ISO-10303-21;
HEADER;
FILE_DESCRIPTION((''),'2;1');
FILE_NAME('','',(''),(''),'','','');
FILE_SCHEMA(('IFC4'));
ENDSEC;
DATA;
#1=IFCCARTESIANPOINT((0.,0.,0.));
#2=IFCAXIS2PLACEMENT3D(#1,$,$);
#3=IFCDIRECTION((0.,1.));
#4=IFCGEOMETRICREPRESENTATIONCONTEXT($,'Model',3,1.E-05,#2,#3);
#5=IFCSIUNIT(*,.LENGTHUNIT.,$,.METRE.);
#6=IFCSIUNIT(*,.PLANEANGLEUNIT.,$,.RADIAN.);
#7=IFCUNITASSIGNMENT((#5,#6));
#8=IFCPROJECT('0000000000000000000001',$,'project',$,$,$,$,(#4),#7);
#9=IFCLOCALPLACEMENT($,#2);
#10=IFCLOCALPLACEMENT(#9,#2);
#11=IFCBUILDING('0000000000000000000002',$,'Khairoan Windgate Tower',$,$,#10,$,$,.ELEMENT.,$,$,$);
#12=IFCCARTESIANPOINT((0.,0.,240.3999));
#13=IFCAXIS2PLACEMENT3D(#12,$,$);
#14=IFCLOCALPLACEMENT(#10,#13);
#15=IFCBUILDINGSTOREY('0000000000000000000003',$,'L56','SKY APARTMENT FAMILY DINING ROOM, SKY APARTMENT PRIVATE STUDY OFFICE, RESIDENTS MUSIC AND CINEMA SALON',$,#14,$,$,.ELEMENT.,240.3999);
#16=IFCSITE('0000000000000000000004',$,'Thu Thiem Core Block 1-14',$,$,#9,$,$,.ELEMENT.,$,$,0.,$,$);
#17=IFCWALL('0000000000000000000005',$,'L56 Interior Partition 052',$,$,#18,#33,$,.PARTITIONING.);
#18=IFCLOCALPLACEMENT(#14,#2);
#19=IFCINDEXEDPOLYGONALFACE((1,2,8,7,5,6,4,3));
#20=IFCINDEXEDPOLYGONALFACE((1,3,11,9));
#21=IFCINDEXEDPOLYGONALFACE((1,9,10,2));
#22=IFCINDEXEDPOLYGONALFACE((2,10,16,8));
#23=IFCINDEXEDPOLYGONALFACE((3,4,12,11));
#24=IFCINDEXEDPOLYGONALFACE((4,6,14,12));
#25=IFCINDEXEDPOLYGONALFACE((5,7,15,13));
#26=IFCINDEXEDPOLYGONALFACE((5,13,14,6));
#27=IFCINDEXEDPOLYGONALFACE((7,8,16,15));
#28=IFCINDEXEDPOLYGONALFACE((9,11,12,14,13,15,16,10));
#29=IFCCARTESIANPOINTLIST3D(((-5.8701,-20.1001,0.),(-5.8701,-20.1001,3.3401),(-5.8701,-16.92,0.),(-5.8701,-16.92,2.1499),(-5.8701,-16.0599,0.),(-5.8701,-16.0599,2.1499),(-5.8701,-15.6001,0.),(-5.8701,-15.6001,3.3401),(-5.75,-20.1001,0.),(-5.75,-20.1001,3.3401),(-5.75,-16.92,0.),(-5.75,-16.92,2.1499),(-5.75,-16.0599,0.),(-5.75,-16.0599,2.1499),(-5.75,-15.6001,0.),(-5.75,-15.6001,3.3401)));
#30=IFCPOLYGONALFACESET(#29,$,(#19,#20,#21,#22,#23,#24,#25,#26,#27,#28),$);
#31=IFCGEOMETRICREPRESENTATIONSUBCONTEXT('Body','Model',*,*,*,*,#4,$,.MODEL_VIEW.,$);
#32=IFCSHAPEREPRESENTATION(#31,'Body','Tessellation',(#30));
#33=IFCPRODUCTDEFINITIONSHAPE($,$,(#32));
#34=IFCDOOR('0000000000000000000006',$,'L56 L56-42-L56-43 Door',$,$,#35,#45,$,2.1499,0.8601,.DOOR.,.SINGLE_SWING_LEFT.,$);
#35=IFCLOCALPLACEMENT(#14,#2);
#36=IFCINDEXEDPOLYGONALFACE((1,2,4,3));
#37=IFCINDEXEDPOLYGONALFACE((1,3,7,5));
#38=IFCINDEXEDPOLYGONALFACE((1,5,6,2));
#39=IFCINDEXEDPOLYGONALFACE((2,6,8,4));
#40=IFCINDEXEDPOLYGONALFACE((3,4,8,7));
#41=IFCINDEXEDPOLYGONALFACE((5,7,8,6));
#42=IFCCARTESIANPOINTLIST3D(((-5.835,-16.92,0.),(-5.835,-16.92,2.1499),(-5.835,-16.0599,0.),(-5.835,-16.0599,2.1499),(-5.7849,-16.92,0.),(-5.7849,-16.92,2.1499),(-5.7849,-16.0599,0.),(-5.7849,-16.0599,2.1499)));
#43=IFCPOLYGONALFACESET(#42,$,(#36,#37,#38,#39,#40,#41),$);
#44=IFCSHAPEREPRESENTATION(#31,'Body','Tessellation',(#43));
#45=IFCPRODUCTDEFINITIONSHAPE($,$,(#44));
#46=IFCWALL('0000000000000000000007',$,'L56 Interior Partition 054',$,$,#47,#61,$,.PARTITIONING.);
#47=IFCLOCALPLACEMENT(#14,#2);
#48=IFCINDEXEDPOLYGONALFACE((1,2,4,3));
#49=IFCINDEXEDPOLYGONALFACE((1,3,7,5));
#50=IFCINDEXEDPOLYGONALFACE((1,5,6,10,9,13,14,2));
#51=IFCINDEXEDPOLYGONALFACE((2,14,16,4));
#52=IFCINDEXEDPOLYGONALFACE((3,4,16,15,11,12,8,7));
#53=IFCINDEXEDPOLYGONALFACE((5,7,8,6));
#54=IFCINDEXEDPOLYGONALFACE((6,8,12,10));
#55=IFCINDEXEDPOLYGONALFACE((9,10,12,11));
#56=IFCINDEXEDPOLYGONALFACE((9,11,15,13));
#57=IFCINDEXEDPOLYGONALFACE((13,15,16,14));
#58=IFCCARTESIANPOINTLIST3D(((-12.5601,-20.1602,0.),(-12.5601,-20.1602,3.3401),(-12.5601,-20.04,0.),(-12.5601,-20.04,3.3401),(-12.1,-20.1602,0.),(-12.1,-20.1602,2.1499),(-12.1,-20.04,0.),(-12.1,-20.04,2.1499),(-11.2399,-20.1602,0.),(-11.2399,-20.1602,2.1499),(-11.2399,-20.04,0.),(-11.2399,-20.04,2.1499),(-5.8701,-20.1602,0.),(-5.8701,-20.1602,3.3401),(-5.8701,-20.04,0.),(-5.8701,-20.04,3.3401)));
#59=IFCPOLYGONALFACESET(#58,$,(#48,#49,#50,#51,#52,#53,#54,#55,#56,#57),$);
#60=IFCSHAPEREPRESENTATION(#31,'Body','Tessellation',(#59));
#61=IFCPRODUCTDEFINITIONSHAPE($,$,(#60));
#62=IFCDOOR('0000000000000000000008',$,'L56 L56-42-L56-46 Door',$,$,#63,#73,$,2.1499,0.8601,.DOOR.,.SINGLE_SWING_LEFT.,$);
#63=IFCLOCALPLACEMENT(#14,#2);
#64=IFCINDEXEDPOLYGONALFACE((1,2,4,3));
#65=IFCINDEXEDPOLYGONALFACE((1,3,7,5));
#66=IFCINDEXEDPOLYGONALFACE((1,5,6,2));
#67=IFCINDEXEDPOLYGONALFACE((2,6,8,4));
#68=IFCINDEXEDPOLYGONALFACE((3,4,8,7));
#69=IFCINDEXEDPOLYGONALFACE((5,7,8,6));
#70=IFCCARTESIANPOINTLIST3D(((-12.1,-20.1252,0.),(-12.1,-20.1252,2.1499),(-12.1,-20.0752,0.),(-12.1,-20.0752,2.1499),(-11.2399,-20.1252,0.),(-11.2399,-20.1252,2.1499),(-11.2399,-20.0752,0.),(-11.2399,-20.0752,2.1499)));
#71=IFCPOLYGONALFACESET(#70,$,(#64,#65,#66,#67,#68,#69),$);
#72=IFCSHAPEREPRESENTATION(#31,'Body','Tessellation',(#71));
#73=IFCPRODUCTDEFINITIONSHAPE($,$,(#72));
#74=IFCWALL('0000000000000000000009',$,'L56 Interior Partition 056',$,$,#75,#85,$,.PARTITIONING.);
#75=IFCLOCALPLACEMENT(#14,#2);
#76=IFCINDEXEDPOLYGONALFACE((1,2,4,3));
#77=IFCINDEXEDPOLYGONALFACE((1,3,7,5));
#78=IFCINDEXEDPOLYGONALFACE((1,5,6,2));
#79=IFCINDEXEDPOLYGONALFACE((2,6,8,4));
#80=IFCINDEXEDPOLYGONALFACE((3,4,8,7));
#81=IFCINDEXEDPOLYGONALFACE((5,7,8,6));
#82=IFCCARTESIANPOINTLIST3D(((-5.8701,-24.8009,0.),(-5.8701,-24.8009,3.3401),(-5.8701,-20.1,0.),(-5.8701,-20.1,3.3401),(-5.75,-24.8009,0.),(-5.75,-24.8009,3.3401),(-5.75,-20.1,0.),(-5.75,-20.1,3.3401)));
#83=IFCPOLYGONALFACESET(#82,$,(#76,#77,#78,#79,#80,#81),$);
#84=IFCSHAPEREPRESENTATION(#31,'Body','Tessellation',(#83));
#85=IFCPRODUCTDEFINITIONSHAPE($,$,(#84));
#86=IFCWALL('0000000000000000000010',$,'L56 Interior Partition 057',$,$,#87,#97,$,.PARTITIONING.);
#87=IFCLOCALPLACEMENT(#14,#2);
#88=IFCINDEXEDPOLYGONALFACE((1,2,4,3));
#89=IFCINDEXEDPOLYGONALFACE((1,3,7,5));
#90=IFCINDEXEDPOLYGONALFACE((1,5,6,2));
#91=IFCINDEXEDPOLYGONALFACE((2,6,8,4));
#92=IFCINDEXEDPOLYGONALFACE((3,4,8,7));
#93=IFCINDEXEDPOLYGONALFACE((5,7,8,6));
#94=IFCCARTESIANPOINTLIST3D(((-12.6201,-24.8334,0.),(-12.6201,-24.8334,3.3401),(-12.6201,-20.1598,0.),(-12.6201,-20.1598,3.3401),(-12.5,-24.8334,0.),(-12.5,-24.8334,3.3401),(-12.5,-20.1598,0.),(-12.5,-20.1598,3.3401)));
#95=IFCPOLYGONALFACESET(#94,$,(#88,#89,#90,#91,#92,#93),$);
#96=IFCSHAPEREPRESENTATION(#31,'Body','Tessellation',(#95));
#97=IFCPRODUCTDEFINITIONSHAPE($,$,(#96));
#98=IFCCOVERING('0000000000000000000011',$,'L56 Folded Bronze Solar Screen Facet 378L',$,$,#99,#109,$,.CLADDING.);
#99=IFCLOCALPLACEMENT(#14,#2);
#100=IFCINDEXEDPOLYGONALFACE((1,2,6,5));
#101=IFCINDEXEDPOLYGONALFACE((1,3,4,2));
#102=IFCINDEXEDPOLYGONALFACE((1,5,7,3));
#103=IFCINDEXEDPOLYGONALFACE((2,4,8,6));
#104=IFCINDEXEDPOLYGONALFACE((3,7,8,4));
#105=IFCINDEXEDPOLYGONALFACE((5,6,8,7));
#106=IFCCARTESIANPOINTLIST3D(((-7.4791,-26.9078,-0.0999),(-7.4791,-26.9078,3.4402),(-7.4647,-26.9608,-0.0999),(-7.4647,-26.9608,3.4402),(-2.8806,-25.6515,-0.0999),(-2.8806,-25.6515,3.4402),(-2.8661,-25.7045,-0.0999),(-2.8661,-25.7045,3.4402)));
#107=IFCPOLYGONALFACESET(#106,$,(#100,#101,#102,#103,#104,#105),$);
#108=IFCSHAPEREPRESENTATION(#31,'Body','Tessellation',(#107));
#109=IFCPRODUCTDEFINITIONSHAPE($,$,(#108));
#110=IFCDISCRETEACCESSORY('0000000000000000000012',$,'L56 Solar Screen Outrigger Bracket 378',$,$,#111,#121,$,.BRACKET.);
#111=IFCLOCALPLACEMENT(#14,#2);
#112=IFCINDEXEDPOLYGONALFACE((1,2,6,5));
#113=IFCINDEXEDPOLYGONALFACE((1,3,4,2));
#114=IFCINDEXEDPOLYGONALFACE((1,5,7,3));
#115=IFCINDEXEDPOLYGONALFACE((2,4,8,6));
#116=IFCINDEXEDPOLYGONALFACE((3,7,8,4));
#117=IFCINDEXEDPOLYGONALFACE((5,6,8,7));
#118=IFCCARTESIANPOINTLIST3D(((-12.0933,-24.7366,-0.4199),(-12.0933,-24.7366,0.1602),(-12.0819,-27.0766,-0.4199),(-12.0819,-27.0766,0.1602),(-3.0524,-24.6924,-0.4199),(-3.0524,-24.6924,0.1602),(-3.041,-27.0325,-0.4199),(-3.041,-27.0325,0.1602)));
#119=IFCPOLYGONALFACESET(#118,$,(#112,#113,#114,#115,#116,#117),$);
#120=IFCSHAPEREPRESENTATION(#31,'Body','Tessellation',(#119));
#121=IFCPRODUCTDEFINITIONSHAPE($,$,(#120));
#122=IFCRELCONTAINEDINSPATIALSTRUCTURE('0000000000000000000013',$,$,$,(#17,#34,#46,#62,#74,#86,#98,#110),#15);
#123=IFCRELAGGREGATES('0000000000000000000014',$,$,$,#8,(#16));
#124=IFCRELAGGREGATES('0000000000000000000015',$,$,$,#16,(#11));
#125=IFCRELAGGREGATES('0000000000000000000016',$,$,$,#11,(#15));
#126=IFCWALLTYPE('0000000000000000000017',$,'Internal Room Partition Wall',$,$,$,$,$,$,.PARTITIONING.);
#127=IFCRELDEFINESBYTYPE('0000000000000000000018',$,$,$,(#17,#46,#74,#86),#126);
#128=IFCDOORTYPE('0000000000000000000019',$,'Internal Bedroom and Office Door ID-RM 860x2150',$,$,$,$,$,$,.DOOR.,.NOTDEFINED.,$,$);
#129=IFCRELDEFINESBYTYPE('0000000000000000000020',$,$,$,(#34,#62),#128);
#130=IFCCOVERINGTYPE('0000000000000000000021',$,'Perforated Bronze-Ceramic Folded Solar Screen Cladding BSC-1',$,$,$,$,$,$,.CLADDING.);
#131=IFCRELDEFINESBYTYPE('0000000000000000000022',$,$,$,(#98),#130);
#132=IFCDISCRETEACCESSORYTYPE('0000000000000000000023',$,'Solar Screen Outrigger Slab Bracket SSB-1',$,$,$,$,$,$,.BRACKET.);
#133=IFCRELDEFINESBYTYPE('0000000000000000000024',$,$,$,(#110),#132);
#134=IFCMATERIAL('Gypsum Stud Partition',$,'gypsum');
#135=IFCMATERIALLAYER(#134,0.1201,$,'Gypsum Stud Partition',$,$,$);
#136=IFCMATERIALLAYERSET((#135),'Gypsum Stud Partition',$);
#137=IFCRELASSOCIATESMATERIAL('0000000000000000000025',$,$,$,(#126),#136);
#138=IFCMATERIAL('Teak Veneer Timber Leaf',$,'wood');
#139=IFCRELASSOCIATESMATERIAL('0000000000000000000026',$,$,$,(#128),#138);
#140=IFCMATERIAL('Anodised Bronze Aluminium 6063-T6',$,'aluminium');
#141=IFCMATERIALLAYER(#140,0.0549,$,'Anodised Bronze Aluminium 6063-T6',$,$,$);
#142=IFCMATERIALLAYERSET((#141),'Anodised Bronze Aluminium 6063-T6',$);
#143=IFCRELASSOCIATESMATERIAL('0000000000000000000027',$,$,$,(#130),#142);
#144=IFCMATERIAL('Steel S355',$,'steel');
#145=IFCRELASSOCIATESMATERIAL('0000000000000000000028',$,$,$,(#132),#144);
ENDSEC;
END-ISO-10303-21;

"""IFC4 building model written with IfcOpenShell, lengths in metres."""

from ifc_helpers import new_model, si_unit, direction, frame, frame_2d, origin, origin_2d, place, context, subcontext, project, spatial, rectangle, extrude, material, layer, layer_set, type_object, element, fill, save


model = new_model("IFC4")

# Units and contexts
model_context = context("Model", 3, precision=1e-05, world=origin(), true_north=direction((0.0, 1.0)))
body_context = subcontext(model_context, "Body", "Model", "MODEL_VIEW")
ifc_project = project(units=[si_unit("LENGTHUNIT", "METRE"), si_unit("PLANEANGLEUNIT", "RADIAN")], contexts=[model_context])

# Site, building, storey
site_placement = place(None, origin())
site = spatial("IfcSite", under=ifc_project, at=site_placement, Name="Thu Thiem Core Block 1-14", CompositionType="ELEMENT", RefElevation=0.0)
building_placement = place(site_placement, origin())
building = spatial("IfcBuilding", under=site, at=building_placement, Name="Khairoan Windgate Tower", CompositionType="ELEMENT")
storey_placement = place(building_placement, frame((0.0, 0.0, 240.3999)))
storey = spatial("IfcBuildingStorey", under=building, at=storey_placement, Name="L56", Description="SKY APARTMENT FAMILY DINING ROOM, SKY APARTMENT PRIVATE STUDY OFFICE, RESIDENTS MUSIC AND CINEMA SALON", CompositionType="ELEMENT", Elevation=240.3999)

# Walls, openings, doors
ifc_material_1 = material(Name="Gypsum Stud Partition", Category="gypsum")
ifc_layer_1 = layer(ifc_material_1, 0.1201, Name="Gypsum Stud Partition")
ifc_layer_set_1 = layer_set([ifc_layer_1], Name="Gypsum Stud Partition")
wall_type = type_object("IfcWallType", Name="Internal Room Partition Wall", PredefinedType="PARTITIONING", material=ifc_layer_set_1)
wall_1_placement = place(storey_placement, frame((-5.8101, -20.1001, 0.0), z_axis=(0.0, 0.0, 1.0), x_axis=(0.0, 1.0, 0.0)))
wall_1 = element("IfcWall", 1, at=wall_1_placement, inside=storey, type_object=wall_type, Name="L56 Interior Partition 052", PredefinedType="PARTITIONING", context=body_context, shape_type="SweptSolid", body=[
    extrude(rectangle(XDim=4.5, YDim=0.1201, at=frame_2d((2.25, 0.0))), origin(), (0.0, 0.0, 1.0), 3.3401),
])
opening_1_placement = place(wall_1_placement, frame((3.1799, 0.0, 0.0)))
opening_1 = element("IfcOpeningElement", 2, at=opening_1_placement, cuts=wall_1, PredefinedType="OPENING", context=body_context, shape_type="SweptSolid", body=[
    extrude(rectangle(XDim=0.8601, YDim=2.1499, at=frame_2d((0.4302, 1.075))), frame((0.0, 0.0701, 0.0), z_axis=(0.0, -1.0, 0.0), x_axis=(1.0, 0.0, 0.0)), (0.0, 0.0, 1.0), 0.1401),
])
ifc_material_2 = material(Name="Teak Veneer Timber Leaf", Category="wood")
door_type = type_object("IfcDoorType", Name="Internal Bedroom and Office Door ID-RM 860x2150", OperationType="NOTDEFINED", PredefinedType="DOOR", material=ifc_material_2)
door_1_placement = place(opening_1_placement, origin())
door_1 = element("IfcDoor", 3, at=door_1_placement, inside=storey, type_object=door_type, Name="L56 L56-42-L56-43 Door", OperationType="SINGLE_SWING_LEFT", OverallHeight=2.1499, OverallWidth=0.8601, PredefinedType="DOOR", context=body_context, shape_type="SweptSolid", body=[
    extrude(rectangle(XDim=0.8601, YDim=2.1499, at=frame_2d((0.4302, 1.075))), frame((0.0, 0.0249, 0.0), z_axis=(0.0, -1.0, 0.0), x_axis=(1.0, 0.0, 0.0)), (0.0, 0.0, 1.0), 0.05),
])
fill(opening_1, door_1)
wall_2_placement = place(storey_placement, frame((-12.5601, -20.1001, 0.0), z_axis=(0.0, 0.0, 1.0), x_axis=(1.0, 0.0, 0.0)))
wall_2 = element("IfcWall", 4, at=wall_2_placement, inside=storey, type_object=wall_type, Name="L56 Interior Partition 054", PredefinedType="PARTITIONING", context=body_context, shape_type="SweptSolid", body=[
    extrude(rectangle(XDim=6.6899, YDim=0.1201, at=frame_2d((3.345, 0.0))), origin(), (0.0, 0.0, 1.0), 3.3401),
])
opening_2_placement = place(wall_2_placement, frame((0.46, 0.0, 0.0)))
opening_2 = element("IfcOpeningElement", 5, at=opening_2_placement, cuts=wall_2, PredefinedType="OPENING", context=body_context, shape_type="SweptSolid", body=[
    extrude(rectangle(XDim=0.8601, YDim=2.1499, at=frame_2d((0.4302, 1.075))), frame((0.0, 0.0701, 0.0), z_axis=(0.0, -1.0, 0.0), x_axis=(1.0, 0.0, 0.0)), (0.0, 0.0, 1.0), 0.1401),
])
door_2_placement = place(opening_2_placement, origin())
door_2 = element("IfcDoor", 6, at=door_2_placement, inside=storey, type_object=door_type, Name="L56 L56-42-L56-46 Door", OperationType="SINGLE_SWING_LEFT", OverallHeight=2.1499, OverallWidth=0.8601, PredefinedType="DOOR", context=body_context, shape_type="SweptSolid", body=[
    extrude(rectangle(XDim=0.8601, YDim=2.1499, at=frame_2d((0.4302, 1.075))), frame((0.0, 0.0249, 0.0), z_axis=(0.0, -1.0, 0.0), x_axis=(1.0, 0.0, 0.0)), (0.0, 0.0, 1.0), 0.05),
])
fill(opening_2, door_2)

# Walls
wall_3_placement = place(storey_placement, frame((-5.8101, -24.801, 0.0), z_axis=(0.0, 0.0, 1.0), x_axis=(0.0, 1.0, 0.0)))
element("IfcWall", 7, at=wall_3_placement, inside=storey, type_object=wall_type, Name="L56 Interior Partition 056", PredefinedType="PARTITIONING", context=body_context, shape_type="SweptSolid", body=[
    extrude(rectangle(XDim=4.7009, YDim=0.1201, at=frame_2d((2.3506, 0.0))), origin(), (0.0, 0.0, 1.0), 3.3401),
])
wall_4_placement = place(storey_placement, frame((-12.5601, -24.8335, 0.0), z_axis=(0.0, 0.0, 1.0), x_axis=(0.0, 1.0, 0.0)))
element("IfcWall", 8, at=wall_4_placement, inside=storey, type_object=wall_type, Name="L56 Interior Partition 057", PredefinedType="PARTITIONING", context=body_context, shape_type="SweptSolid", body=[
    extrude(rectangle(XDim=4.6736, YDim=0.1201, at=frame_2d((2.3369, 0.0))), origin(), (0.0, 0.0, 1.0), 3.3401),
])

# Covering
ifc_material_3 = material(Name="Anodised Bronze Aluminium 6063-T6", Category="aluminium")
ifc_layer_2 = layer(ifc_material_3, 0.0549, Name="Anodised Bronze Aluminium 6063-T6")
ifc_layer_set_2 = layer_set([ifc_layer_2], Name="Anodised Bronze Aluminium 6063-T6")
covering_type = type_object("IfcCoveringType", Name="Perforated Bronze-Ceramic Folded Solar Screen Cladding BSC-1", PredefinedType="CLADDING", material=ifc_layer_set_2)
covering_placement = place(storey_placement, frame((-5.1726, -26.3062, -0.0999), z_axis=(0.0, 0.0, 1.0), x_axis=(-0.964649, -0.263536, 0.0)))
element("IfcCovering", 9, at=covering_placement, inside=storey, type_object=covering_type, Name="L56 Folded Bronze Solar Screen Facet 378L", PredefinedType="CLADDING", context=body_context, shape_type="SweptSolid", body=[
    extrude(rectangle(XDim=4.7671, YDim=0.0549, at=origin_2d()), origin(), (0.0, 0.0, 1.0), 3.54),
])

# Discrete accessory
ifc_material_4 = material(Name="Steel S355", Category="steel")
discrete_accessory_type = type_object("IfcDiscreteAccessoryType", Name="Solar Screen Outrigger Slab Bracket SSB-1", PredefinedType="BRACKET", material=ifc_material_4)
discrete_accessory_placement = place(storey_placement, frame((-7.5671, -25.8845, -0.4199), z_axis=(0.0, 0.0, 1.0), x_axis=(-0.999988, -0.004887, 0.0)))
element("IfcDiscreteAccessory", 10, at=discrete_accessory_placement, inside=storey, type_object=discrete_accessory_type, Name="L56 Solar Screen Outrigger Bracket 378", PredefinedType="BRACKET", context=body_context, shape_type="SweptSolid", body=[
    extrude(rectangle(XDim=9.041, YDim=2.3401, at=origin_2d()), origin(), (0.0, 0.0, 1.0), 0.5801),
])

save(model, "model.ifc")
